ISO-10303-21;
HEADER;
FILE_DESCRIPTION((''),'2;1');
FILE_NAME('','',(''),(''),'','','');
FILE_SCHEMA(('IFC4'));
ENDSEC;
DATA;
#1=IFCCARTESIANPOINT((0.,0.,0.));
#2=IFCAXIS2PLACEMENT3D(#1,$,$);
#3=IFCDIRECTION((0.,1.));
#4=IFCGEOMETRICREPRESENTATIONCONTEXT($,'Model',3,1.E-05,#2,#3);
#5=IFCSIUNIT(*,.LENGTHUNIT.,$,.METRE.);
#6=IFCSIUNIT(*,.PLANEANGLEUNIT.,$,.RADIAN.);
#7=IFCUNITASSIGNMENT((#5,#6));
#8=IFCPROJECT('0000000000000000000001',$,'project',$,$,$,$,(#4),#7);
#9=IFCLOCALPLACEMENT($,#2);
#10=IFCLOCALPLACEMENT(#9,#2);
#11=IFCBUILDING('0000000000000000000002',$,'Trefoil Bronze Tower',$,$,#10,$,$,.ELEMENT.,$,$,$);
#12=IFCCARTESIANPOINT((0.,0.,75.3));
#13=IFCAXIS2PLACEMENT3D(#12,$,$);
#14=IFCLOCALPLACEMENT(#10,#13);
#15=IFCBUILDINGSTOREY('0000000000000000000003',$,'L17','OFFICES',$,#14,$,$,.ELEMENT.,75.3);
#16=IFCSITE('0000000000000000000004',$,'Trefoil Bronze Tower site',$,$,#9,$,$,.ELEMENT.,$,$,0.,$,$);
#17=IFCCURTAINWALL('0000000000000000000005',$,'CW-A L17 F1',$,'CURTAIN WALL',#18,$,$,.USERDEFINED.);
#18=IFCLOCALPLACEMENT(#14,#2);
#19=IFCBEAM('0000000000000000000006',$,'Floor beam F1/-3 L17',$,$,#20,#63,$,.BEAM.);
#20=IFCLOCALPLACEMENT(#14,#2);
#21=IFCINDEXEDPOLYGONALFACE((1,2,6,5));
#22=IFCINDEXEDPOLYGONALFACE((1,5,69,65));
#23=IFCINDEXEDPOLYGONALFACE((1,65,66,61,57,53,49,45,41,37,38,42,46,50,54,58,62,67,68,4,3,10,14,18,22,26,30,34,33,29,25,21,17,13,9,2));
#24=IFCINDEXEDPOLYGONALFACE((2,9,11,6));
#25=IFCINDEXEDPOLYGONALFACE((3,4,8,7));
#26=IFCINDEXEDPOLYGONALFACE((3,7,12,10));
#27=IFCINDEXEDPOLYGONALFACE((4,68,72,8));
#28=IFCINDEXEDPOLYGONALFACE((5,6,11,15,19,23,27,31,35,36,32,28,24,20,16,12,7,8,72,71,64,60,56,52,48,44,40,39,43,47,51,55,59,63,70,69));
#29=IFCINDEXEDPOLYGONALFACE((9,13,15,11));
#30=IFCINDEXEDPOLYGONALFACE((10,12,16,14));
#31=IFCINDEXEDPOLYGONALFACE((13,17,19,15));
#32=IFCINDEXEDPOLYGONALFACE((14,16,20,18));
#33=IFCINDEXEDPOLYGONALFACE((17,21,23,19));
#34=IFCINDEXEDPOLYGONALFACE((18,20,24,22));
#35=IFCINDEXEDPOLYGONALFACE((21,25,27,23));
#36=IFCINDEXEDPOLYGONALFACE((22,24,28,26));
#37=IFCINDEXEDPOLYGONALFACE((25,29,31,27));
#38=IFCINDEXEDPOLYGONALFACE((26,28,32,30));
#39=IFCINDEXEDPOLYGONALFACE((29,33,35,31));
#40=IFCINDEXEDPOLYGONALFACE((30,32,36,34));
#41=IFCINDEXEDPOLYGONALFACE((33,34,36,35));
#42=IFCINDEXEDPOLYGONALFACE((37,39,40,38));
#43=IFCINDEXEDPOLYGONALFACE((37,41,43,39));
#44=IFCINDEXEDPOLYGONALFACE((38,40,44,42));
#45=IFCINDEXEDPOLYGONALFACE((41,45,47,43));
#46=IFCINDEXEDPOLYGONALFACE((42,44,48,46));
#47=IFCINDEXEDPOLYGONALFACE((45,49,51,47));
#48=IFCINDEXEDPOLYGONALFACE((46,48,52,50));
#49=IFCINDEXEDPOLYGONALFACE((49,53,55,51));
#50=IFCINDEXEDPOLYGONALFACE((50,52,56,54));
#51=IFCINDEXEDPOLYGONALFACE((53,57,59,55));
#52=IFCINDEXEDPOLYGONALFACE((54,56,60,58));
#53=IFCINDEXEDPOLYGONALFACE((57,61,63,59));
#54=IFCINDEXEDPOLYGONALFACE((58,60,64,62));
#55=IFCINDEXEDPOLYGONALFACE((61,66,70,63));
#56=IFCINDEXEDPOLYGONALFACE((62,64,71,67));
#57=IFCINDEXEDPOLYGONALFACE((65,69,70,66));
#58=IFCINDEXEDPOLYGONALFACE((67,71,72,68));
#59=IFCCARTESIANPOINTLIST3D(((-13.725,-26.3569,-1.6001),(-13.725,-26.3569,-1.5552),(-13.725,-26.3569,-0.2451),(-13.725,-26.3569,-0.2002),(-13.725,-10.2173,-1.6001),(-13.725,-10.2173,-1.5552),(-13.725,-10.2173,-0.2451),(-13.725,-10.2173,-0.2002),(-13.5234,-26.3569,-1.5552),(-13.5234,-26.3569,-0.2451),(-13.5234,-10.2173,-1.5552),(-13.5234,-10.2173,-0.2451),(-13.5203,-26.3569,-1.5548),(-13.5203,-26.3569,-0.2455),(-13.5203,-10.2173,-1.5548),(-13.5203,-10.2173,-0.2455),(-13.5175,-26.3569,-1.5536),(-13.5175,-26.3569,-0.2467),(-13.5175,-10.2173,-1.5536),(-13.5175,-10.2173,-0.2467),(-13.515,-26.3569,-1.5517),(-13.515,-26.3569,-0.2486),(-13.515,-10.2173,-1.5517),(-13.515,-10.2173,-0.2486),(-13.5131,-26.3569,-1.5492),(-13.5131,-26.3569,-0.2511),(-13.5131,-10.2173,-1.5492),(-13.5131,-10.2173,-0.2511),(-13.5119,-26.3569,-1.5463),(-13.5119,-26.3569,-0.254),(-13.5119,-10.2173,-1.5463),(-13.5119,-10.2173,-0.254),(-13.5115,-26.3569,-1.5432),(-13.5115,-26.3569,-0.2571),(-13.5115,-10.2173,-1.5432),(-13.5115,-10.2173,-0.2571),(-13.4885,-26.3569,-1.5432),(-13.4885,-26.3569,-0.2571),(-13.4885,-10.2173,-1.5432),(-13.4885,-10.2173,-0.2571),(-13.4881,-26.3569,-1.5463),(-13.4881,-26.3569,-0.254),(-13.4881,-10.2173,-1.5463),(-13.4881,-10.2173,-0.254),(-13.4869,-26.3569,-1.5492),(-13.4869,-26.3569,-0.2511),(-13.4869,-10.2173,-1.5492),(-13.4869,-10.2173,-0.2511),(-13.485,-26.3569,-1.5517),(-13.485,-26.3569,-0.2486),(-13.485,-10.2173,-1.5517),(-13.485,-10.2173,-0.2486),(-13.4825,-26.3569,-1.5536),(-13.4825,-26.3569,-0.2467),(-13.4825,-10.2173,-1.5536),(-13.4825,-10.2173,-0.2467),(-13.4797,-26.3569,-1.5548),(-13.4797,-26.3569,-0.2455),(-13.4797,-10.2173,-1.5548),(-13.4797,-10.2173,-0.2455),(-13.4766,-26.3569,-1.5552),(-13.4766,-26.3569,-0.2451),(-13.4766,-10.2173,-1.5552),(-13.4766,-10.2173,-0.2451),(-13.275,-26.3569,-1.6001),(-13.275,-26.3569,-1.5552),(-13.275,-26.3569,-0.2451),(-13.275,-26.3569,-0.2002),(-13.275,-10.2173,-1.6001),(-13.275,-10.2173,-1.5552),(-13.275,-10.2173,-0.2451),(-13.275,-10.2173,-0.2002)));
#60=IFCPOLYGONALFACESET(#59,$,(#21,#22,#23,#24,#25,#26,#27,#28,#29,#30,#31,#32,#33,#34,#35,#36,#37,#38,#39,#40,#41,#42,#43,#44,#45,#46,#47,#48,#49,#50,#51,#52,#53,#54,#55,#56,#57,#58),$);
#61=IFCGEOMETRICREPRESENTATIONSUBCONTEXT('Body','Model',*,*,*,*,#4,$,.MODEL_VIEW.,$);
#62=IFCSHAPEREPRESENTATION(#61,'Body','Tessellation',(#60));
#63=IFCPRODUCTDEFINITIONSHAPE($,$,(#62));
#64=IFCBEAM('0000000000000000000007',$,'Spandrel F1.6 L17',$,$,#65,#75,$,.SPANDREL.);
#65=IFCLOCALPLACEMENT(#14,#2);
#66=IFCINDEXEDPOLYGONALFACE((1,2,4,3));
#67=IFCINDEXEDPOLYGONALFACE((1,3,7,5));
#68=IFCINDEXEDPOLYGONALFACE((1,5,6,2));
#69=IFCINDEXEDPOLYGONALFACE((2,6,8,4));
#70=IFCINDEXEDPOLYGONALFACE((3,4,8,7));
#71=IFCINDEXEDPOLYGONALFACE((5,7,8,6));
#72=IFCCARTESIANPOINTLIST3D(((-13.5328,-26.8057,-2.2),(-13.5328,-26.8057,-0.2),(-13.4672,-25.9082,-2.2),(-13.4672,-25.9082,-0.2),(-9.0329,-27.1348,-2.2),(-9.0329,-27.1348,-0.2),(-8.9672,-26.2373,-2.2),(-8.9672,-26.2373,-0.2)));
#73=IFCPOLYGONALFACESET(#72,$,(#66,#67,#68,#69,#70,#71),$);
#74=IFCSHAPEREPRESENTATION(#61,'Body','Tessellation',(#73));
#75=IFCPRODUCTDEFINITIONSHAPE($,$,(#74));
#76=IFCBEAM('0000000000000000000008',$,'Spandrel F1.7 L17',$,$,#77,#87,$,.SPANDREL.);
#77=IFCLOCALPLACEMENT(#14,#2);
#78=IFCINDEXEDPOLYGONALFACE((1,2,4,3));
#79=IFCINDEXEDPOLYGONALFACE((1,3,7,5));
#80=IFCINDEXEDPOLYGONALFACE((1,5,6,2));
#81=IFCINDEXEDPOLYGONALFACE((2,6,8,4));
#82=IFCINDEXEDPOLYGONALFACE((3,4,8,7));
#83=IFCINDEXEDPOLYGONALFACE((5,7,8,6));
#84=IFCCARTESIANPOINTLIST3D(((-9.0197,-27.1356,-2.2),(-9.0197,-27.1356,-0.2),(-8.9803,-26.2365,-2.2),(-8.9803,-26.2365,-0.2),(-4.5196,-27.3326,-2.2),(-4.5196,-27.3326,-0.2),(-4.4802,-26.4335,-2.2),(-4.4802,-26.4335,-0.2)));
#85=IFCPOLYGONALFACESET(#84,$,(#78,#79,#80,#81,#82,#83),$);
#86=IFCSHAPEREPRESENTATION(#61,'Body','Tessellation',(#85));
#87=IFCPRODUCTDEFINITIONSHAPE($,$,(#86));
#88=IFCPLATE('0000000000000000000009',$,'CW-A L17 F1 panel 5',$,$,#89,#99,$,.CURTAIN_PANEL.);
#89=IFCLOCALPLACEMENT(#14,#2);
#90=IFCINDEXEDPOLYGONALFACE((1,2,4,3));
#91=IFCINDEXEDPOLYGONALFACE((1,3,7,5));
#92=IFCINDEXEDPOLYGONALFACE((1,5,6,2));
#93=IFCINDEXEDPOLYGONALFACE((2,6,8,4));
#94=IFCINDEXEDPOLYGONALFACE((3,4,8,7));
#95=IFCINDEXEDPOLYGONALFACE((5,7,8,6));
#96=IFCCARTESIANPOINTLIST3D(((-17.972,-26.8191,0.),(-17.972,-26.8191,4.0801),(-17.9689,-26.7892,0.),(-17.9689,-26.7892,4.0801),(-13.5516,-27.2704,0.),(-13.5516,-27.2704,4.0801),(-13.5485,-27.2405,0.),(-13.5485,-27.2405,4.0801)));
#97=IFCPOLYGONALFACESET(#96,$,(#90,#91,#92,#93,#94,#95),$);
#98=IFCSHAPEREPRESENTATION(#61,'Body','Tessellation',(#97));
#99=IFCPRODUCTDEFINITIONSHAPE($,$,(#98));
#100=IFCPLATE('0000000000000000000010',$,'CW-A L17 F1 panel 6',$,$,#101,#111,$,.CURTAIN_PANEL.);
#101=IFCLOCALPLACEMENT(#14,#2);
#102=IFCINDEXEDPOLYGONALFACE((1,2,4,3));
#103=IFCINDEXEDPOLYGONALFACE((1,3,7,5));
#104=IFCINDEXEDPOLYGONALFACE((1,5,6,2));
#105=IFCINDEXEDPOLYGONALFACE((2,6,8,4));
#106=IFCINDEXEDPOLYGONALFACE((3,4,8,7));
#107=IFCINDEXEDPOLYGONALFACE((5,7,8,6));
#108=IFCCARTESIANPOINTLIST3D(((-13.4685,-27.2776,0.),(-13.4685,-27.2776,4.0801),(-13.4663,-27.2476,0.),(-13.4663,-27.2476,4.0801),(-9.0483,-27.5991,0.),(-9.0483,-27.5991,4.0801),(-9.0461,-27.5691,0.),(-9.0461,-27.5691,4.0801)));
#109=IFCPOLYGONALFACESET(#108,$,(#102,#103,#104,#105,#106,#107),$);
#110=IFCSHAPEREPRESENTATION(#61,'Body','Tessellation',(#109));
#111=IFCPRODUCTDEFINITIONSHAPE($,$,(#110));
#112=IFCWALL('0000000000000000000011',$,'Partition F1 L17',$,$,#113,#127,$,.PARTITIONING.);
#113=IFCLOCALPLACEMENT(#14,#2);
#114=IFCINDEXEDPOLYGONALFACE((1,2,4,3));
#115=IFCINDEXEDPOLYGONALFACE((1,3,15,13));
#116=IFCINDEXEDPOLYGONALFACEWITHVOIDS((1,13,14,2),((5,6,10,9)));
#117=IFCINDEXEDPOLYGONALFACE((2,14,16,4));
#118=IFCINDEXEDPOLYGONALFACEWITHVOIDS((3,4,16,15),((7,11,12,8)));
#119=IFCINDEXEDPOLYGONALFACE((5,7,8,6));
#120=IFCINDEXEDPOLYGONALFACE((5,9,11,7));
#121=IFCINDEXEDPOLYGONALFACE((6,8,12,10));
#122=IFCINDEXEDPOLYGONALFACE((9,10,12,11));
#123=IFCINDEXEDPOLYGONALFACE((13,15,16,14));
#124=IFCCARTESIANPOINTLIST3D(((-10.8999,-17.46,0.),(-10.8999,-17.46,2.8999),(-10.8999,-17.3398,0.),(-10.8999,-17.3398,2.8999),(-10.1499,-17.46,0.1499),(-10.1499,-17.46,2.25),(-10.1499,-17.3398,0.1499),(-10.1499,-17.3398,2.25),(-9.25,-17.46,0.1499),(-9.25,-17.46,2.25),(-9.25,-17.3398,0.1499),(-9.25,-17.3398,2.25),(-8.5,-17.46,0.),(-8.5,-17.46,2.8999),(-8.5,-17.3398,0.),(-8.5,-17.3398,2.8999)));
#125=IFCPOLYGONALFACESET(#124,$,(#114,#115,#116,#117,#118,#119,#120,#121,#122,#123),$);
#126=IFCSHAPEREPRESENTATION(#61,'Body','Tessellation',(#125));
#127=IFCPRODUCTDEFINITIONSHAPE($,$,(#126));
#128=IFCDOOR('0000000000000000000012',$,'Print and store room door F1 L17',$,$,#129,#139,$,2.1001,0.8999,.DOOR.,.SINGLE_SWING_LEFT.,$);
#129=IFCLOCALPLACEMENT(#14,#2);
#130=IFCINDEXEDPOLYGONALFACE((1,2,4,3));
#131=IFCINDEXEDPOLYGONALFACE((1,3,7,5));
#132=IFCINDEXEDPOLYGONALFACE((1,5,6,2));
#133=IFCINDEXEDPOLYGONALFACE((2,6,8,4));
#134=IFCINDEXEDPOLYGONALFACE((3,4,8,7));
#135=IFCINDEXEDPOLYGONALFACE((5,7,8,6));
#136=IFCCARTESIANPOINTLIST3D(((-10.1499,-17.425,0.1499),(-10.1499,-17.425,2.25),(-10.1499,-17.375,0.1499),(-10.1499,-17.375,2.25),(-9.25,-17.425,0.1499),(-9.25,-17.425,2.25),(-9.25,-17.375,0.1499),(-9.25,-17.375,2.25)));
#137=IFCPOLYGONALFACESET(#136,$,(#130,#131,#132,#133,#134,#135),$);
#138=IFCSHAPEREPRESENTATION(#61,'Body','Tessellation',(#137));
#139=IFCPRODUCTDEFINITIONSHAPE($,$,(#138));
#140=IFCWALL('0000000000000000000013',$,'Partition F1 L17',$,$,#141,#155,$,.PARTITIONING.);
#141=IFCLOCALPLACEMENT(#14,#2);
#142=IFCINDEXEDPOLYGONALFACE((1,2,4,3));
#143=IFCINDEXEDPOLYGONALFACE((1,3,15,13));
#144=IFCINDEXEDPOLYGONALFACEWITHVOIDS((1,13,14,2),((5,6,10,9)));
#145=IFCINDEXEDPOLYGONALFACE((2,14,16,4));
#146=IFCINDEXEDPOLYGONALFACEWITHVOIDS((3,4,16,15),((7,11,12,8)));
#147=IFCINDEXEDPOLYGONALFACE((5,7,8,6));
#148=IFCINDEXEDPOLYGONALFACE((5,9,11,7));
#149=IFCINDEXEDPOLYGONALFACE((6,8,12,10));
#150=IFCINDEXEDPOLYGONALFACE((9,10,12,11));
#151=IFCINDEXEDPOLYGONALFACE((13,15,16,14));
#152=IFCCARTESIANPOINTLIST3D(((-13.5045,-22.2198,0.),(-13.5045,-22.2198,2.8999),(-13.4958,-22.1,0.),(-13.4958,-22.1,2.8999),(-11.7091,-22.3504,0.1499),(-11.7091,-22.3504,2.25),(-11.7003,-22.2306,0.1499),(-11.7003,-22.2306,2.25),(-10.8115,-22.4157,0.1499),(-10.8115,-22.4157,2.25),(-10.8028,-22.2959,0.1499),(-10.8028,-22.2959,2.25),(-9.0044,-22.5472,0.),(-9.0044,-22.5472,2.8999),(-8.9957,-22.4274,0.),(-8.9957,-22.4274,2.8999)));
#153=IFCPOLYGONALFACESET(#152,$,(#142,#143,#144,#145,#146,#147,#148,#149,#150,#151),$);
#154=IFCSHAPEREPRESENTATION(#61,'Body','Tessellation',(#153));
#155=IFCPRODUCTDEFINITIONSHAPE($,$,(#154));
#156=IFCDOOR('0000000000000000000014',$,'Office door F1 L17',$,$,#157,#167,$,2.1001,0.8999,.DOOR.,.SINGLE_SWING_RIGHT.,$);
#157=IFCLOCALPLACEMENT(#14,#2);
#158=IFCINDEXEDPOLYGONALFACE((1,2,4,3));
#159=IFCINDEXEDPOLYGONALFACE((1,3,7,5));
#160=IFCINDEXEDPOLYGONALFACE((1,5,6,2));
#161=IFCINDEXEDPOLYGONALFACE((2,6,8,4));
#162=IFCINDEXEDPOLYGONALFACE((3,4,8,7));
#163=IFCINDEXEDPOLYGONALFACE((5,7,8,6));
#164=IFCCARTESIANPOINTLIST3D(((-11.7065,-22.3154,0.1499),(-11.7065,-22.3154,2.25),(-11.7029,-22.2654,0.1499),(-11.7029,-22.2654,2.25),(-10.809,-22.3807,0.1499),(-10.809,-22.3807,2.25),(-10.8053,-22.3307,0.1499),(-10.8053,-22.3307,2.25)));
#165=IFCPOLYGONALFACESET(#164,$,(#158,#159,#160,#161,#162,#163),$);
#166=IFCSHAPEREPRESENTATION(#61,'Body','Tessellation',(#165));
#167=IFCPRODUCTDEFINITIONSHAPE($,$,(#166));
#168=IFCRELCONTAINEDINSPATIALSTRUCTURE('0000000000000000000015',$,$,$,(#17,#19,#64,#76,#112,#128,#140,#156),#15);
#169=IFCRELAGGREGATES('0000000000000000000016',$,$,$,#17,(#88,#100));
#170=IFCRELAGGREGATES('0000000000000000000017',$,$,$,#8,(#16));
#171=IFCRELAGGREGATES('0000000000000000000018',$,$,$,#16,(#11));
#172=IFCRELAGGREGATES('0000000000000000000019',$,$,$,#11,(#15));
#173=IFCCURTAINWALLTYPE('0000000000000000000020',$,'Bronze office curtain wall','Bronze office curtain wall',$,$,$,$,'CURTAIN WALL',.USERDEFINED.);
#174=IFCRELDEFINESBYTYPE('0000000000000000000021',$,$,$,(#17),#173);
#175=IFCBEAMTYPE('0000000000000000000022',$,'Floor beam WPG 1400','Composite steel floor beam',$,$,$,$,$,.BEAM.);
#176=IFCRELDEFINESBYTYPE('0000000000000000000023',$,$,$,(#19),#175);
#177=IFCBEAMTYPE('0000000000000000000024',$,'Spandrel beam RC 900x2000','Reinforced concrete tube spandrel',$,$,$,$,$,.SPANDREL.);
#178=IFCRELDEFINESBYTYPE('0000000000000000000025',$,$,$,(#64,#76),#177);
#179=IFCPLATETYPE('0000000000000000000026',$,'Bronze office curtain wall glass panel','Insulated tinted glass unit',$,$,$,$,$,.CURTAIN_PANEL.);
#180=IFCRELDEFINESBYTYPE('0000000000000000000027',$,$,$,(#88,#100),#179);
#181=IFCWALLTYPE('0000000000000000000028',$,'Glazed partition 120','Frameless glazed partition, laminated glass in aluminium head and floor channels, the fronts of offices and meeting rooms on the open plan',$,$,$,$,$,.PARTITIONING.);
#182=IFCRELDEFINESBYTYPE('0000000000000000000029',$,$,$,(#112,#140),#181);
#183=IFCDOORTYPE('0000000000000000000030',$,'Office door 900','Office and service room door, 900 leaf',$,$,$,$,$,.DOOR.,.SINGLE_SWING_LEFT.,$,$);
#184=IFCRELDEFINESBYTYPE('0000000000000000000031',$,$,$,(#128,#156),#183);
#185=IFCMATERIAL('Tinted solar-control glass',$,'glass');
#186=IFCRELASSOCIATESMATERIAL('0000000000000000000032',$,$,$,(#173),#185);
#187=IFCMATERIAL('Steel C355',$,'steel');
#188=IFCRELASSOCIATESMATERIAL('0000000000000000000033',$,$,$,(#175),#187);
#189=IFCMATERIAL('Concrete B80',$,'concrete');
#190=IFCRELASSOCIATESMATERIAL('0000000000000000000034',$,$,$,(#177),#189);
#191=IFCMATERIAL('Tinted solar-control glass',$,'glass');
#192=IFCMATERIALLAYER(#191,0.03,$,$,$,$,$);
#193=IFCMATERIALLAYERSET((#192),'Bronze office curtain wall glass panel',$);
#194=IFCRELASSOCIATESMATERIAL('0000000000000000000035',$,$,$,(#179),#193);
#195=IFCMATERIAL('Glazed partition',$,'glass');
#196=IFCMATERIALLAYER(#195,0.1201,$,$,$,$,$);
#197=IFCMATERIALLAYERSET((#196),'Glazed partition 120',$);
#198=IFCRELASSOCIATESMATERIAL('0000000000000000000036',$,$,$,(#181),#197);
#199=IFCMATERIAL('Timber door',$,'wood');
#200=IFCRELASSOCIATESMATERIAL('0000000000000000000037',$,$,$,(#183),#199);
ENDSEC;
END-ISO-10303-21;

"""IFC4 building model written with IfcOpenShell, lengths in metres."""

from ifc_helpers import new_model, si_unit, direction, frame, frame_2d, origin, origin_2d, place, context, subcontext, project, spatial, rectangle, i_section, extrude, material, layer, layer_set, material_profile, profile_set, type_object, element, fill, aggregate, save


model = new_model("IFC4")

# Units and contexts
model_context = context("Model", 3, precision=1e-05, world=origin(), true_north=direction((0.0, 1.0)))
body_context = subcontext(model_context, "Body", "Model", "MODEL_VIEW")
ifc_project = project(units=[si_unit("LENGTHUNIT", "METRE"), si_unit("PLANEANGLEUNIT", "RADIAN")], contexts=[model_context])

# Site, building, storey
site_placement = place(None, origin())
site = spatial("IfcSite", under=ifc_project, at=site_placement, Name="Trefoil Bronze Tower site", CompositionType="ELEMENT", RefElevation=0.0)
building_placement = place(site_placement, origin())
building = spatial("IfcBuilding", under=site, at=building_placement, Name="Trefoil Bronze Tower", CompositionType="ELEMENT")
storey_placement = place(building_placement, frame((0.0, 0.0, 75.3)))
storey = spatial("IfcBuildingStorey", under=building, at=storey_placement, Name="L17", Description="OFFICES", CompositionType="ELEMENT", Elevation=75.3)

# Curtain wall
ifc_material_1 = material(Name="Tinted solar-control glass", Category="glass")
curtain_wall_type = type_object("IfcCurtainWallType", Name="Bronze office curtain wall", Description="Bronze office curtain wall", ElementType="CURTAIN WALL", PredefinedType="USERDEFINED", material=ifc_material_1)
curtain_wall_placement = place(storey_placement, origin())
curtain_wall = element("IfcCurtainWall", 1, at=curtain_wall_placement, inside=storey, type_object=curtain_wall_type, Name="CW-A L17 F1", ObjectType="CURTAIN WALL", PredefinedType="USERDEFINED")

# Beams
ifc_material_2 = material(Name="Steel C355", Category="steel")
ifc_material_profile_1 = material_profile(ifc_material_2, i_section(OverallWidth=0.45, OverallDepth=1.3999, WebThickness=0.0229, FlangeThickness=0.0449, FilletRadius=0.012, at=origin_2d()), Name="WPG 1400")
ifc_profile_set_1 = profile_set([ifc_material_profile_1], Name="Steel C355")
beam_type_1 = type_object("IfcBeamType", Name="Floor beam WPG 1400", Description="Composite steel floor beam", PredefinedType="BEAM", material=ifc_profile_set_1)
beam_1_placement = place(storey_placement, frame((-13.5, -26.3569, -0.9001), z_axis=(0.0, 1.0, 0.0), x_axis=(-1.0, 0.0, 0.0)))
element("IfcBeam", 2, at=beam_1_placement, inside=storey, type_object=beam_type_1, Name="Floor beam F1/-3 L17", PredefinedType="BEAM", context=body_context, shape_type="SweptSolid", body=[
    extrude(i_section(OverallWidth=0.45, OverallDepth=1.3999, WebThickness=0.0229, FlangeThickness=0.0449, FilletRadius=0.012, at=origin_2d()), origin(), (0.0, 0.0, 1.0), 16.1396),
])
ifc_material_3 = material(Name="Concrete B80", Category="concrete")
ifc_material_profile_2 = material_profile(ifc_material_3, rectangle(XDim=0.8999, YDim=2.0, at=origin_2d()), Name="RC 900x2000")
ifc_profile_set_2 = profile_set([ifc_material_profile_2], Name="Concrete B80")
beam_type_2 = type_object("IfcBeamType", Name="Spandrel beam RC 900x2000", Description="Reinforced concrete tube spandrel", PredefinedType="SPANDREL", material=ifc_profile_set_2)
beam_2_placement = place(storey_placement, frame((-13.5, -26.3569, -1.2), z_axis=(0.997336, -0.072939, 0.0), x_axis=(0.072939, 0.997336, 0.0)))
element("IfcBeam", 3, at=beam_2_placement, inside=storey, type_object=beam_type_2, Name="Spandrel F1.6 L17", PredefinedType="SPANDREL", context=body_context, shape_type="SweptSolid", body=[
    extrude(rectangle(XDim=0.8999, YDim=2.0, at=origin_2d()), origin(), (0.0, 0.0, 1.0), 4.512),
])
beam_3_placement = place(storey_placement, frame((-9.0, -26.686, -1.2), z_axis=(0.999043, -0.043741, 0.0), x_axis=(0.043741, 0.999043, 0.0)))
element("IfcBeam", 4, at=beam_3_placement, inside=storey, type_object=beam_type_2, Name="Spandrel F1.7 L17", PredefinedType="SPANDREL", context=body_context, shape_type="SweptSolid", body=[
    extrude(rectangle(XDim=0.8999, YDim=2.0, at=origin_2d()), origin(), (0.0, 0.0, 1.0), 4.5044),
])

# Plates
ifc_material_4 = material(Name="Tinted solar-control glass", Category="glass")
ifc_layer_1 = layer(ifc_material_4, 0.03)
ifc_layer_set_1 = layer_set([ifc_layer_1], Name="Bronze office curtain wall glass panel")
plate_type = type_object("IfcPlateType", Name="Bronze office curtain wall glass panel", Description="Insulated tinted glass unit", PredefinedType="CURTAIN_PANEL", material=ifc_layer_set_1)
plate_1_placement = place(storey_placement, frame((-15.7603, -27.0298, 0.0), z_axis=(0.0, 0.0, 1.0), x_axis=(0.994829, -0.101565, 0.0)))
plate_1 = element("IfcPlate", 5, at=plate_1_placement, type_object=plate_type, Name="CW-A L17 F1 panel 5", PredefinedType="CURTAIN_PANEL", context=body_context, shape_type="SweptSolid", body=[
    extrude(rectangle(XDim=4.4434, YDim=0.03, at=origin_2d()), origin(), (0.0, 0.0, 1.0), 4.0801),
])
plate_2_placement = place(storey_placement, frame((-11.2573, -27.4233, 0.0), z_axis=(0.0, 0.0, 1.0), x_axis=(0.997365, -0.072547, 0.0)))
plate_2 = element("IfcPlate", 6, at=plate_2_placement, type_object=plate_type, Name="CW-A L17 F1 panel 6", PredefinedType="CURTAIN_PANEL", context=body_context, shape_type="SweptSolid", body=[
    extrude(rectangle(XDim=4.4319, YDim=0.03, at=origin_2d()), origin(), (0.0, 0.0, 1.0), 4.0801),
])
aggregate(curtain_wall, [plate_1, plate_2])

# Walls, openings, doors
ifc_material_5 = material(Name="Glazed partition", Category="glass")
ifc_layer_2 = layer(ifc_material_5, 0.1201)
ifc_layer_set_2 = layer_set([ifc_layer_2], Name="Glazed partition 120")
wall_type = type_object("IfcWallType", Name="Glazed partition 120", Description="Frameless glazed partition, laminated glass in aluminium head and floor channels, the fronts of offices and meeting rooms on the open plan", PredefinedType="PARTITIONING", material=ifc_layer_set_2)
wall_1_placement = place(storey_placement, frame((-10.8999, -17.3999, 0.0), z_axis=(0.0, 0.0, 1.0), x_axis=(1.0, 0.0, 0.0)))
wall_1 = element("IfcWall", 7, at=wall_1_placement, inside=storey, type_object=wall_type, Name="Partition F1 L17", PredefinedType="PARTITIONING", context=body_context, shape_type="SweptSolid", body=[
    extrude(rectangle(XDim=2.3999, YDim=0.1201, at=frame_2d((1.2, 0.0))), origin(), (0.0, 0.0, 1.0), 2.8999),
])
opening_1_placement = place(wall_1_placement, frame((0.75, 0.0, 0.1499)))
opening_1 = element("IfcOpeningElement", 8, at=opening_1_placement, cuts=wall_1, PredefinedType="OPENING", context=body_context, shape_type="SweptSolid", body=[
    extrude(rectangle(XDim=0.8999, YDim=2.1001, at=frame_2d((0.45, 1.05))), frame((0.0, 0.0701, 0.0), z_axis=(0.0, -1.0, 0.0), x_axis=(1.0, 0.0, 0.0)), (0.0, 0.0, 1.0), 0.1401),
])
ifc_material_6 = material(Name="Timber door", Category="wood")
door_type = type_object("IfcDoorType", Name="Office door 900", Description="Office and service room door, 900 leaf", OperationType="SINGLE_SWING_LEFT", PredefinedType="DOOR", material=ifc_material_6)
door_1_placement = place(opening_1_placement, origin())
door_1 = element("IfcDoor", 9, at=door_1_placement, inside=storey, type_object=door_type, Name="Print and store room door F1 L17", OperationType="SINGLE_SWING_LEFT", OverallHeight=2.1001, OverallWidth=0.8999, PredefinedType="DOOR", context=body_context, shape_type="SweptSolid", body=[
    extrude(rectangle(XDim=0.8999, YDim=2.1001, at=frame_2d((0.45, 1.05))), frame((0.0, 0.0249, 0.0), z_axis=(0.0, -1.0, 0.0), x_axis=(1.0, 0.0, 0.0)), (0.0, 0.0, 1.0), 0.05),
])
fill(opening_1, door_1)
wall_2_placement = place(storey_placement, frame((-13.5, -22.1599, 0.0), z_axis=(0.0, 0.0, 1.0), x_axis=(0.997364, -0.072562, 0.0)))
wall_2 = element("IfcWall", 10, at=wall_2_placement, inside=storey, type_object=wall_type, Name="Partition F1 L17", PredefinedType="PARTITIONING", context=body_context, shape_type="SweptSolid", body=[
    extrude(rectangle(XDim=4.512, YDim=0.1201, at=frame_2d((2.2559, 0.0))), origin(), (0.0, 0.0, 1.0), 2.8999),
])
opening_2_placement = place(wall_2_placement, frame((1.8, 0.0, 0.1499)))
opening_2 = element("IfcOpeningElement", 11, at=opening_2_placement, cuts=wall_2, PredefinedType="OPENING", context=body_context, shape_type="SweptSolid", body=[
    extrude(rectangle(XDim=0.8999, YDim=2.1001, at=frame_2d((0.45, 1.05))), frame((0.0, 0.0701, 0.0), z_axis=(0.0, -1.0, 0.0), x_axis=(1.0, 0.0, 0.0)), (0.0, 0.0, 1.0), 0.1401),
])
door_2_placement = place(opening_2_placement, frame((0.8999, 0.0, 0.0), z_axis=(0.0, 0.0, 1.0), x_axis=(-1.0, 0.0, 0.0)))
door_2 = element("IfcDoor", 12, at=door_2_placement, inside=storey, type_object=door_type, Name="Office door F1 L17", OperationType="SINGLE_SWING_RIGHT", OverallHeight=2.1001, OverallWidth=0.8999, PredefinedType="DOOR", context=body_context, shape_type="SweptSolid", body=[
    extrude(rectangle(XDim=0.8999, YDim=2.1001, at=frame_2d((0.45, 1.05))), frame((0.0, 0.0249, 0.0), z_axis=(0.0, -1.0, 0.0), x_axis=(1.0, 0.0, 0.0)), (0.0, 0.0, 1.0), 0.05),
])
fill(opening_2, door_2)

save(model, "model.ifc")
